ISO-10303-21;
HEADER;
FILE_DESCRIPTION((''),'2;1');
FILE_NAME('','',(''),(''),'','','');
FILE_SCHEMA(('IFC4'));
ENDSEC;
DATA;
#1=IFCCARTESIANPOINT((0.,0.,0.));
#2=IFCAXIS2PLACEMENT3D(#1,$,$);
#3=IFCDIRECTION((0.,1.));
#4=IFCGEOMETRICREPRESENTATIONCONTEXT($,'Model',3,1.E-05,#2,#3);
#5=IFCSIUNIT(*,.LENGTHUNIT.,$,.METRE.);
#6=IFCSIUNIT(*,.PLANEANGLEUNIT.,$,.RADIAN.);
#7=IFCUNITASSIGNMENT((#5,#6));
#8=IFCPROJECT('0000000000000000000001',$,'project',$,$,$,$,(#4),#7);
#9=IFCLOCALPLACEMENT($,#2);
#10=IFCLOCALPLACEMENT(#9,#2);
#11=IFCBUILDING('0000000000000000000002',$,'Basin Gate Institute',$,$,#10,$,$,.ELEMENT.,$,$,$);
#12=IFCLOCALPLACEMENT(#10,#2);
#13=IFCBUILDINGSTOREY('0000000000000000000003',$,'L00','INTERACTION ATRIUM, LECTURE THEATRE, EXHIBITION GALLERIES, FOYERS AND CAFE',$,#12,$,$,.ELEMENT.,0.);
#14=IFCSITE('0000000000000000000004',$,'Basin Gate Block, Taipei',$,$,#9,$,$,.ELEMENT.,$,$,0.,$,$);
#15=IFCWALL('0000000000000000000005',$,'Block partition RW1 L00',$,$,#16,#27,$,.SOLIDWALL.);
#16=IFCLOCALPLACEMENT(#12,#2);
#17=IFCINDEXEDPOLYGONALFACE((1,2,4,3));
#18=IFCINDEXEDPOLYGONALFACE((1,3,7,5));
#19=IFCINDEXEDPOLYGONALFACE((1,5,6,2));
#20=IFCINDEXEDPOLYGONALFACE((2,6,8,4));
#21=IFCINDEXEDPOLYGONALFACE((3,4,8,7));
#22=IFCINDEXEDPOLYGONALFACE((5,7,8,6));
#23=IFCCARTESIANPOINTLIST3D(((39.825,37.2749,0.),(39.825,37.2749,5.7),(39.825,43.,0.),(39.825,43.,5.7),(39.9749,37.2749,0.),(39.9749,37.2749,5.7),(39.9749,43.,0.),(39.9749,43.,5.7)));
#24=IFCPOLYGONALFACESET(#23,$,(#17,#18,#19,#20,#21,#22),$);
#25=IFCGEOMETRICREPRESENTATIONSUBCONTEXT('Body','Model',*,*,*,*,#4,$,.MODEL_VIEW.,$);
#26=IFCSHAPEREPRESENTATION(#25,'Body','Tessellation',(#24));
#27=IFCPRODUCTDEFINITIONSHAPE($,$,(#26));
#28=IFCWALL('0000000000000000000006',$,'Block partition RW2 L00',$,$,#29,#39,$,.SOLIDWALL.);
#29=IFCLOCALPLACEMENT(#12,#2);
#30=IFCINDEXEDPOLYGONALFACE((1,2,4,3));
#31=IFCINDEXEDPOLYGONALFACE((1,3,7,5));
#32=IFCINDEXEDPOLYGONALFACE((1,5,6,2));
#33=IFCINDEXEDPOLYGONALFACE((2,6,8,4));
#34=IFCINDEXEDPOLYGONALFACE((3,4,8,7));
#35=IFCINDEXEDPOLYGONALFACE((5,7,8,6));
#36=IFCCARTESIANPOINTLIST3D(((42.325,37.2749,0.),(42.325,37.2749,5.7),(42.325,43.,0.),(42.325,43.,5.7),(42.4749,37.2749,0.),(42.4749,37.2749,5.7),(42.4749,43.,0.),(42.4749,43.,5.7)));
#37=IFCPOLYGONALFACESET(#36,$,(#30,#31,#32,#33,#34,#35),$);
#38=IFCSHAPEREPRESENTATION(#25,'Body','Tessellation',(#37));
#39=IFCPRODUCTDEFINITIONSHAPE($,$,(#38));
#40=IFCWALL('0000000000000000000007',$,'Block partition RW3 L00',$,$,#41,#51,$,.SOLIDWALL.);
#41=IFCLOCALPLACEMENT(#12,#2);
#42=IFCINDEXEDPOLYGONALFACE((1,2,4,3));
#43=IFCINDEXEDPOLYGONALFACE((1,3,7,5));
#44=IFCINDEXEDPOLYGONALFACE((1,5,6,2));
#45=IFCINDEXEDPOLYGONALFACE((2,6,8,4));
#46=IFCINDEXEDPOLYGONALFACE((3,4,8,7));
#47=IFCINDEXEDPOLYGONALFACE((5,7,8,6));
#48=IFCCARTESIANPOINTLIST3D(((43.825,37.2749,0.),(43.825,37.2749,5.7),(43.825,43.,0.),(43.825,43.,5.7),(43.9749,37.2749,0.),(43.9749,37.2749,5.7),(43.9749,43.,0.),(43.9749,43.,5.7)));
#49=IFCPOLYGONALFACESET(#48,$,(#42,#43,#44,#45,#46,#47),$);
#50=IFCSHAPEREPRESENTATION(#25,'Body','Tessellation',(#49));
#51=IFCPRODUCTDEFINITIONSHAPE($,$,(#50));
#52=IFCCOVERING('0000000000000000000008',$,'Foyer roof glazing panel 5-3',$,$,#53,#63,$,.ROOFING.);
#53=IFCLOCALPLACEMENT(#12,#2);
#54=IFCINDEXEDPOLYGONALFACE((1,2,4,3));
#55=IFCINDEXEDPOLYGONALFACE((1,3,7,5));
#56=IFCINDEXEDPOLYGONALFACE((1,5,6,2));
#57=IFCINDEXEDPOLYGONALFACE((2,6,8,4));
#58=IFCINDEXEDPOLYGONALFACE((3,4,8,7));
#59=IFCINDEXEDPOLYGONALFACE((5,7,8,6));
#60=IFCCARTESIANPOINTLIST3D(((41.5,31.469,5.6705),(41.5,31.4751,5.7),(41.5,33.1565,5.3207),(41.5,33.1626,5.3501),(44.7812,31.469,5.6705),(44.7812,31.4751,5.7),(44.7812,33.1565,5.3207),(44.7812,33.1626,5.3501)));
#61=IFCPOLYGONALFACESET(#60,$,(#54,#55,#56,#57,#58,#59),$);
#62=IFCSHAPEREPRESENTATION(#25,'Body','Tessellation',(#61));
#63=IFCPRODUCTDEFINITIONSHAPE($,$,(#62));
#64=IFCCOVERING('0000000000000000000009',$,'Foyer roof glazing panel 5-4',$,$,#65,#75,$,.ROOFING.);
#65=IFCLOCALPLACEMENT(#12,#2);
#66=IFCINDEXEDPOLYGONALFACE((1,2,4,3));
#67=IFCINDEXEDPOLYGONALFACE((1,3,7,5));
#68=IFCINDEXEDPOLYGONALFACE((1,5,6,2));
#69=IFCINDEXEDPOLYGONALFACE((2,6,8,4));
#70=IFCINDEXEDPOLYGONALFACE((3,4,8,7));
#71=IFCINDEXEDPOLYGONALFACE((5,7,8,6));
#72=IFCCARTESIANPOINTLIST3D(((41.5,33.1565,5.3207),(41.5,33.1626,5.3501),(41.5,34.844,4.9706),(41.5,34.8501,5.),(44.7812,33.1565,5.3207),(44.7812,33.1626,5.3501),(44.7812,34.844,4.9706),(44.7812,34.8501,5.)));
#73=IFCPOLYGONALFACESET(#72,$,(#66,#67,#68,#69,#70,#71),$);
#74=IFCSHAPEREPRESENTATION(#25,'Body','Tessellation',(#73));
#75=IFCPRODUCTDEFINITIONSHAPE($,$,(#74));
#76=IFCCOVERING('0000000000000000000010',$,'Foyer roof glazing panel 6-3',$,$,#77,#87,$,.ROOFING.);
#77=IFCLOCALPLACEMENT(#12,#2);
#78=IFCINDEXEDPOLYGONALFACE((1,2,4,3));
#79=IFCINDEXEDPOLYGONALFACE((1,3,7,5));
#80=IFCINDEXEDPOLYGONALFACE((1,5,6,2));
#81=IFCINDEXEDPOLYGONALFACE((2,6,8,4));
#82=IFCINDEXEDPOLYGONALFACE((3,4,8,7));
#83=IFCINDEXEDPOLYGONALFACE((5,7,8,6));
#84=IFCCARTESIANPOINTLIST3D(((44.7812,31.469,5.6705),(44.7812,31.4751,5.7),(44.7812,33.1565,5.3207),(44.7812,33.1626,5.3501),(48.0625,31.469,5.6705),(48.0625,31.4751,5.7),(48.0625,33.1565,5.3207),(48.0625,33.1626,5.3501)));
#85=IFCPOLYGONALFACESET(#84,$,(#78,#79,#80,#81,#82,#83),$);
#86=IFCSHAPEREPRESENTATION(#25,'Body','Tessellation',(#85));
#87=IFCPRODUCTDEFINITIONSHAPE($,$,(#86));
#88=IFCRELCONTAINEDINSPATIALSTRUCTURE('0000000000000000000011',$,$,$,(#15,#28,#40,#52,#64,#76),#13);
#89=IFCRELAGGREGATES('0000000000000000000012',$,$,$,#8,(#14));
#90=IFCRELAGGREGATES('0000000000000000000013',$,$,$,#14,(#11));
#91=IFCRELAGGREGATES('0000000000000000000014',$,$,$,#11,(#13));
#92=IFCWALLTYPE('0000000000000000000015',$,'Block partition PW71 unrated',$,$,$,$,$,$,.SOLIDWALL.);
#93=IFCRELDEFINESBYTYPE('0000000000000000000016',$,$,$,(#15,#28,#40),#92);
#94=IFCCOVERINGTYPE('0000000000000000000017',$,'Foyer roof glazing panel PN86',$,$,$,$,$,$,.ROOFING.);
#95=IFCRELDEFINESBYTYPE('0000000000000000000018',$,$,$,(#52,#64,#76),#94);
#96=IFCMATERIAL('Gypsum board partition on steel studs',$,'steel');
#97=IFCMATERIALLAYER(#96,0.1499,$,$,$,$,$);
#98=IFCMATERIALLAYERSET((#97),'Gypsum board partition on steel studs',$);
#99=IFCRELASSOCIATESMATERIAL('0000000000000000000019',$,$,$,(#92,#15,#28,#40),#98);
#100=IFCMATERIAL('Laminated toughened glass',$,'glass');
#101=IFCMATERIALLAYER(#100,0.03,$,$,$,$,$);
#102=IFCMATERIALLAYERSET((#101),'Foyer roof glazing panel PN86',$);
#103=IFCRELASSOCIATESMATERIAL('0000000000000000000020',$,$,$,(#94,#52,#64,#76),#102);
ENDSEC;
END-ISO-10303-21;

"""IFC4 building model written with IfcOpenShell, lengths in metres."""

from ifc_helpers import new_model, si_unit, direction, frame, frame_2d, origin, place, context, subcontext, project, spatial, polyline, rectangle, outline, extrude, material, layer, layer_set, type_object, element, save


model = new_model("IFC4")

# Units and contexts
model_context = context("Model", 3, precision=1e-05, world=origin(), true_north=direction((0.0, 1.0)))
body_context = subcontext(model_context, "Body", "Model", "MODEL_VIEW")
ifc_project = project(units=[si_unit("LENGTHUNIT", "METRE"), si_unit("PLANEANGLEUNIT", "RADIAN")], contexts=[model_context])

# Site, building, storey
site_placement = place(None, origin())
site = spatial("IfcSite", under=ifc_project, at=site_placement, Name="Basin Gate Block, Taipei", CompositionType="ELEMENT", RefElevation=0.0)
building_placement = place(site_placement, origin())
building = spatial("IfcBuilding", under=site, at=building_placement, Name="Basin Gate Institute", CompositionType="ELEMENT")
storey_placement = place(building_placement, origin())
storey = spatial("IfcBuildingStorey", under=building, at=storey_placement, Name="L00", Description="INTERACTION ATRIUM, LECTURE THEATRE, EXHIBITION GALLERIES, FOYERS AND CAFE", CompositionType="ELEMENT", Elevation=0.0)

# Walls
ifc_material_1 = material(Name="Gypsum board partition on steel studs", Category="steel")
ifc_layer_1 = layer(ifc_material_1, 0.1499)
ifc_layer_set_1 = layer_set([ifc_layer_1], Name="Gypsum board partition on steel studs")
wall_type = type_object("IfcWallType", Name="Block partition PW71 unrated", PredefinedType="SOLIDWALL", material=ifc_layer_set_1)
for number, where, z_axis, x_axis, name in (
    (1, (39.8999, 37.2749, 0.0), (0.0, 0.0, 1.0), (0.0, 1.0, 0.0), "Block partition RW1 L00"),
    (2, (42.3999, 37.2749, 0.0), (0.0, 0.0, 1.0), (0.0, 1.0, 0.0), "Block partition RW2 L00"),
    (3, (43.8999, 37.2749, 0.0), (0.0, 0.0, 1.0), (0.0, 1.0, 0.0), "Block partition RW3 L00"),
):
    element("IfcWall", number, at=place(storey_placement, frame(where, z_axis=z_axis, x_axis=x_axis)), inside=storey, type_object=wall_type, material=ifc_layer_set_1, Name=name, PredefinedType="SOLIDWALL", context=body_context, shape_type="SweptSolid", body=[
        extrude(rectangle(XDim=5.7251, YDim=0.1499, at=frame_2d((2.8625, 0.0))), origin(), (0.0, 0.0, 1.0), 5.7),
    ])

# Coverings
ifc_material_2 = material(Name="Laminated toughened glass", Category="glass")
ifc_layer_2 = layer(ifc_material_2, 0.03)
ifc_layer_set_2 = layer_set([ifc_layer_2], Name="Foyer roof glazing panel PN86")
covering_type = type_object("IfcCoveringType", Name="Foyer roof glazing panel PN86", PredefinedType="ROOFING", material=ifc_layer_set_2)
covering_1_placement = place(storey_placement, frame((41.5, 31.4751, 5.7), z_axis=(0.0, 0.203004, 0.979178), x_axis=(1.0, 0.0, 0.0)))
element("IfcCovering", 4, at=covering_1_placement, inside=storey, type_object=covering_type, material=ifc_layer_set_2, Name="Foyer roof glazing panel 5-3", PredefinedType="ROOFING", context=body_context, shape_type="SweptSolid", body=[
    extrude(outline(polyline([(0.0, 0.0), (3.2812, 0.0), (3.2812, 1.7234), (0.0, 1.7234), (0.0, 0.0)])), origin(), (0.0, 0.0, -1.0), 0.03),
])
covering_2_placement = place(storey_placement, frame((41.5, 33.1626, 5.3501), z_axis=(0.0, 0.20314, 0.97915), x_axis=(1.0, 0.0, 0.0)))
element("IfcCovering", 5, at=covering_2_placement, inside=storey, type_object=covering_type, material=ifc_layer_set_2, Name="Foyer roof glazing panel 5-4", PredefinedType="ROOFING", context=body_context, shape_type="SweptSolid", body=[
    extrude(outline(polyline([(0.0, 0.0), (3.2812, 0.0), (3.2812, 1.7234), (0.0, 1.7234), (0.0, 0.0)])), origin(), (0.0, 0.0, -1.0), 0.03),
])
covering_3_placement = place(storey_placement, frame((44.7812, 31.4751, 5.7), z_axis=(0.0, 0.203004, 0.979178), x_axis=(1.0, 0.0, 0.0)))
element("IfcCovering", 6, at=covering_3_placement, inside=storey, type_object=covering_type, material=ifc_layer_set_2, Name="Foyer roof glazing panel 6-3", PredefinedType="ROOFING", context=body_context, shape_type="SweptSolid", body=[
    extrude(outline(polyline([(0.0, 0.0), (3.2812, 0.0), (3.2812, 1.7234), (0.0, 1.7234), (0.0, 0.0)])), origin(), (0.0, 0.0, -1.0), 0.03),
])

save(model, "model.ifc")
